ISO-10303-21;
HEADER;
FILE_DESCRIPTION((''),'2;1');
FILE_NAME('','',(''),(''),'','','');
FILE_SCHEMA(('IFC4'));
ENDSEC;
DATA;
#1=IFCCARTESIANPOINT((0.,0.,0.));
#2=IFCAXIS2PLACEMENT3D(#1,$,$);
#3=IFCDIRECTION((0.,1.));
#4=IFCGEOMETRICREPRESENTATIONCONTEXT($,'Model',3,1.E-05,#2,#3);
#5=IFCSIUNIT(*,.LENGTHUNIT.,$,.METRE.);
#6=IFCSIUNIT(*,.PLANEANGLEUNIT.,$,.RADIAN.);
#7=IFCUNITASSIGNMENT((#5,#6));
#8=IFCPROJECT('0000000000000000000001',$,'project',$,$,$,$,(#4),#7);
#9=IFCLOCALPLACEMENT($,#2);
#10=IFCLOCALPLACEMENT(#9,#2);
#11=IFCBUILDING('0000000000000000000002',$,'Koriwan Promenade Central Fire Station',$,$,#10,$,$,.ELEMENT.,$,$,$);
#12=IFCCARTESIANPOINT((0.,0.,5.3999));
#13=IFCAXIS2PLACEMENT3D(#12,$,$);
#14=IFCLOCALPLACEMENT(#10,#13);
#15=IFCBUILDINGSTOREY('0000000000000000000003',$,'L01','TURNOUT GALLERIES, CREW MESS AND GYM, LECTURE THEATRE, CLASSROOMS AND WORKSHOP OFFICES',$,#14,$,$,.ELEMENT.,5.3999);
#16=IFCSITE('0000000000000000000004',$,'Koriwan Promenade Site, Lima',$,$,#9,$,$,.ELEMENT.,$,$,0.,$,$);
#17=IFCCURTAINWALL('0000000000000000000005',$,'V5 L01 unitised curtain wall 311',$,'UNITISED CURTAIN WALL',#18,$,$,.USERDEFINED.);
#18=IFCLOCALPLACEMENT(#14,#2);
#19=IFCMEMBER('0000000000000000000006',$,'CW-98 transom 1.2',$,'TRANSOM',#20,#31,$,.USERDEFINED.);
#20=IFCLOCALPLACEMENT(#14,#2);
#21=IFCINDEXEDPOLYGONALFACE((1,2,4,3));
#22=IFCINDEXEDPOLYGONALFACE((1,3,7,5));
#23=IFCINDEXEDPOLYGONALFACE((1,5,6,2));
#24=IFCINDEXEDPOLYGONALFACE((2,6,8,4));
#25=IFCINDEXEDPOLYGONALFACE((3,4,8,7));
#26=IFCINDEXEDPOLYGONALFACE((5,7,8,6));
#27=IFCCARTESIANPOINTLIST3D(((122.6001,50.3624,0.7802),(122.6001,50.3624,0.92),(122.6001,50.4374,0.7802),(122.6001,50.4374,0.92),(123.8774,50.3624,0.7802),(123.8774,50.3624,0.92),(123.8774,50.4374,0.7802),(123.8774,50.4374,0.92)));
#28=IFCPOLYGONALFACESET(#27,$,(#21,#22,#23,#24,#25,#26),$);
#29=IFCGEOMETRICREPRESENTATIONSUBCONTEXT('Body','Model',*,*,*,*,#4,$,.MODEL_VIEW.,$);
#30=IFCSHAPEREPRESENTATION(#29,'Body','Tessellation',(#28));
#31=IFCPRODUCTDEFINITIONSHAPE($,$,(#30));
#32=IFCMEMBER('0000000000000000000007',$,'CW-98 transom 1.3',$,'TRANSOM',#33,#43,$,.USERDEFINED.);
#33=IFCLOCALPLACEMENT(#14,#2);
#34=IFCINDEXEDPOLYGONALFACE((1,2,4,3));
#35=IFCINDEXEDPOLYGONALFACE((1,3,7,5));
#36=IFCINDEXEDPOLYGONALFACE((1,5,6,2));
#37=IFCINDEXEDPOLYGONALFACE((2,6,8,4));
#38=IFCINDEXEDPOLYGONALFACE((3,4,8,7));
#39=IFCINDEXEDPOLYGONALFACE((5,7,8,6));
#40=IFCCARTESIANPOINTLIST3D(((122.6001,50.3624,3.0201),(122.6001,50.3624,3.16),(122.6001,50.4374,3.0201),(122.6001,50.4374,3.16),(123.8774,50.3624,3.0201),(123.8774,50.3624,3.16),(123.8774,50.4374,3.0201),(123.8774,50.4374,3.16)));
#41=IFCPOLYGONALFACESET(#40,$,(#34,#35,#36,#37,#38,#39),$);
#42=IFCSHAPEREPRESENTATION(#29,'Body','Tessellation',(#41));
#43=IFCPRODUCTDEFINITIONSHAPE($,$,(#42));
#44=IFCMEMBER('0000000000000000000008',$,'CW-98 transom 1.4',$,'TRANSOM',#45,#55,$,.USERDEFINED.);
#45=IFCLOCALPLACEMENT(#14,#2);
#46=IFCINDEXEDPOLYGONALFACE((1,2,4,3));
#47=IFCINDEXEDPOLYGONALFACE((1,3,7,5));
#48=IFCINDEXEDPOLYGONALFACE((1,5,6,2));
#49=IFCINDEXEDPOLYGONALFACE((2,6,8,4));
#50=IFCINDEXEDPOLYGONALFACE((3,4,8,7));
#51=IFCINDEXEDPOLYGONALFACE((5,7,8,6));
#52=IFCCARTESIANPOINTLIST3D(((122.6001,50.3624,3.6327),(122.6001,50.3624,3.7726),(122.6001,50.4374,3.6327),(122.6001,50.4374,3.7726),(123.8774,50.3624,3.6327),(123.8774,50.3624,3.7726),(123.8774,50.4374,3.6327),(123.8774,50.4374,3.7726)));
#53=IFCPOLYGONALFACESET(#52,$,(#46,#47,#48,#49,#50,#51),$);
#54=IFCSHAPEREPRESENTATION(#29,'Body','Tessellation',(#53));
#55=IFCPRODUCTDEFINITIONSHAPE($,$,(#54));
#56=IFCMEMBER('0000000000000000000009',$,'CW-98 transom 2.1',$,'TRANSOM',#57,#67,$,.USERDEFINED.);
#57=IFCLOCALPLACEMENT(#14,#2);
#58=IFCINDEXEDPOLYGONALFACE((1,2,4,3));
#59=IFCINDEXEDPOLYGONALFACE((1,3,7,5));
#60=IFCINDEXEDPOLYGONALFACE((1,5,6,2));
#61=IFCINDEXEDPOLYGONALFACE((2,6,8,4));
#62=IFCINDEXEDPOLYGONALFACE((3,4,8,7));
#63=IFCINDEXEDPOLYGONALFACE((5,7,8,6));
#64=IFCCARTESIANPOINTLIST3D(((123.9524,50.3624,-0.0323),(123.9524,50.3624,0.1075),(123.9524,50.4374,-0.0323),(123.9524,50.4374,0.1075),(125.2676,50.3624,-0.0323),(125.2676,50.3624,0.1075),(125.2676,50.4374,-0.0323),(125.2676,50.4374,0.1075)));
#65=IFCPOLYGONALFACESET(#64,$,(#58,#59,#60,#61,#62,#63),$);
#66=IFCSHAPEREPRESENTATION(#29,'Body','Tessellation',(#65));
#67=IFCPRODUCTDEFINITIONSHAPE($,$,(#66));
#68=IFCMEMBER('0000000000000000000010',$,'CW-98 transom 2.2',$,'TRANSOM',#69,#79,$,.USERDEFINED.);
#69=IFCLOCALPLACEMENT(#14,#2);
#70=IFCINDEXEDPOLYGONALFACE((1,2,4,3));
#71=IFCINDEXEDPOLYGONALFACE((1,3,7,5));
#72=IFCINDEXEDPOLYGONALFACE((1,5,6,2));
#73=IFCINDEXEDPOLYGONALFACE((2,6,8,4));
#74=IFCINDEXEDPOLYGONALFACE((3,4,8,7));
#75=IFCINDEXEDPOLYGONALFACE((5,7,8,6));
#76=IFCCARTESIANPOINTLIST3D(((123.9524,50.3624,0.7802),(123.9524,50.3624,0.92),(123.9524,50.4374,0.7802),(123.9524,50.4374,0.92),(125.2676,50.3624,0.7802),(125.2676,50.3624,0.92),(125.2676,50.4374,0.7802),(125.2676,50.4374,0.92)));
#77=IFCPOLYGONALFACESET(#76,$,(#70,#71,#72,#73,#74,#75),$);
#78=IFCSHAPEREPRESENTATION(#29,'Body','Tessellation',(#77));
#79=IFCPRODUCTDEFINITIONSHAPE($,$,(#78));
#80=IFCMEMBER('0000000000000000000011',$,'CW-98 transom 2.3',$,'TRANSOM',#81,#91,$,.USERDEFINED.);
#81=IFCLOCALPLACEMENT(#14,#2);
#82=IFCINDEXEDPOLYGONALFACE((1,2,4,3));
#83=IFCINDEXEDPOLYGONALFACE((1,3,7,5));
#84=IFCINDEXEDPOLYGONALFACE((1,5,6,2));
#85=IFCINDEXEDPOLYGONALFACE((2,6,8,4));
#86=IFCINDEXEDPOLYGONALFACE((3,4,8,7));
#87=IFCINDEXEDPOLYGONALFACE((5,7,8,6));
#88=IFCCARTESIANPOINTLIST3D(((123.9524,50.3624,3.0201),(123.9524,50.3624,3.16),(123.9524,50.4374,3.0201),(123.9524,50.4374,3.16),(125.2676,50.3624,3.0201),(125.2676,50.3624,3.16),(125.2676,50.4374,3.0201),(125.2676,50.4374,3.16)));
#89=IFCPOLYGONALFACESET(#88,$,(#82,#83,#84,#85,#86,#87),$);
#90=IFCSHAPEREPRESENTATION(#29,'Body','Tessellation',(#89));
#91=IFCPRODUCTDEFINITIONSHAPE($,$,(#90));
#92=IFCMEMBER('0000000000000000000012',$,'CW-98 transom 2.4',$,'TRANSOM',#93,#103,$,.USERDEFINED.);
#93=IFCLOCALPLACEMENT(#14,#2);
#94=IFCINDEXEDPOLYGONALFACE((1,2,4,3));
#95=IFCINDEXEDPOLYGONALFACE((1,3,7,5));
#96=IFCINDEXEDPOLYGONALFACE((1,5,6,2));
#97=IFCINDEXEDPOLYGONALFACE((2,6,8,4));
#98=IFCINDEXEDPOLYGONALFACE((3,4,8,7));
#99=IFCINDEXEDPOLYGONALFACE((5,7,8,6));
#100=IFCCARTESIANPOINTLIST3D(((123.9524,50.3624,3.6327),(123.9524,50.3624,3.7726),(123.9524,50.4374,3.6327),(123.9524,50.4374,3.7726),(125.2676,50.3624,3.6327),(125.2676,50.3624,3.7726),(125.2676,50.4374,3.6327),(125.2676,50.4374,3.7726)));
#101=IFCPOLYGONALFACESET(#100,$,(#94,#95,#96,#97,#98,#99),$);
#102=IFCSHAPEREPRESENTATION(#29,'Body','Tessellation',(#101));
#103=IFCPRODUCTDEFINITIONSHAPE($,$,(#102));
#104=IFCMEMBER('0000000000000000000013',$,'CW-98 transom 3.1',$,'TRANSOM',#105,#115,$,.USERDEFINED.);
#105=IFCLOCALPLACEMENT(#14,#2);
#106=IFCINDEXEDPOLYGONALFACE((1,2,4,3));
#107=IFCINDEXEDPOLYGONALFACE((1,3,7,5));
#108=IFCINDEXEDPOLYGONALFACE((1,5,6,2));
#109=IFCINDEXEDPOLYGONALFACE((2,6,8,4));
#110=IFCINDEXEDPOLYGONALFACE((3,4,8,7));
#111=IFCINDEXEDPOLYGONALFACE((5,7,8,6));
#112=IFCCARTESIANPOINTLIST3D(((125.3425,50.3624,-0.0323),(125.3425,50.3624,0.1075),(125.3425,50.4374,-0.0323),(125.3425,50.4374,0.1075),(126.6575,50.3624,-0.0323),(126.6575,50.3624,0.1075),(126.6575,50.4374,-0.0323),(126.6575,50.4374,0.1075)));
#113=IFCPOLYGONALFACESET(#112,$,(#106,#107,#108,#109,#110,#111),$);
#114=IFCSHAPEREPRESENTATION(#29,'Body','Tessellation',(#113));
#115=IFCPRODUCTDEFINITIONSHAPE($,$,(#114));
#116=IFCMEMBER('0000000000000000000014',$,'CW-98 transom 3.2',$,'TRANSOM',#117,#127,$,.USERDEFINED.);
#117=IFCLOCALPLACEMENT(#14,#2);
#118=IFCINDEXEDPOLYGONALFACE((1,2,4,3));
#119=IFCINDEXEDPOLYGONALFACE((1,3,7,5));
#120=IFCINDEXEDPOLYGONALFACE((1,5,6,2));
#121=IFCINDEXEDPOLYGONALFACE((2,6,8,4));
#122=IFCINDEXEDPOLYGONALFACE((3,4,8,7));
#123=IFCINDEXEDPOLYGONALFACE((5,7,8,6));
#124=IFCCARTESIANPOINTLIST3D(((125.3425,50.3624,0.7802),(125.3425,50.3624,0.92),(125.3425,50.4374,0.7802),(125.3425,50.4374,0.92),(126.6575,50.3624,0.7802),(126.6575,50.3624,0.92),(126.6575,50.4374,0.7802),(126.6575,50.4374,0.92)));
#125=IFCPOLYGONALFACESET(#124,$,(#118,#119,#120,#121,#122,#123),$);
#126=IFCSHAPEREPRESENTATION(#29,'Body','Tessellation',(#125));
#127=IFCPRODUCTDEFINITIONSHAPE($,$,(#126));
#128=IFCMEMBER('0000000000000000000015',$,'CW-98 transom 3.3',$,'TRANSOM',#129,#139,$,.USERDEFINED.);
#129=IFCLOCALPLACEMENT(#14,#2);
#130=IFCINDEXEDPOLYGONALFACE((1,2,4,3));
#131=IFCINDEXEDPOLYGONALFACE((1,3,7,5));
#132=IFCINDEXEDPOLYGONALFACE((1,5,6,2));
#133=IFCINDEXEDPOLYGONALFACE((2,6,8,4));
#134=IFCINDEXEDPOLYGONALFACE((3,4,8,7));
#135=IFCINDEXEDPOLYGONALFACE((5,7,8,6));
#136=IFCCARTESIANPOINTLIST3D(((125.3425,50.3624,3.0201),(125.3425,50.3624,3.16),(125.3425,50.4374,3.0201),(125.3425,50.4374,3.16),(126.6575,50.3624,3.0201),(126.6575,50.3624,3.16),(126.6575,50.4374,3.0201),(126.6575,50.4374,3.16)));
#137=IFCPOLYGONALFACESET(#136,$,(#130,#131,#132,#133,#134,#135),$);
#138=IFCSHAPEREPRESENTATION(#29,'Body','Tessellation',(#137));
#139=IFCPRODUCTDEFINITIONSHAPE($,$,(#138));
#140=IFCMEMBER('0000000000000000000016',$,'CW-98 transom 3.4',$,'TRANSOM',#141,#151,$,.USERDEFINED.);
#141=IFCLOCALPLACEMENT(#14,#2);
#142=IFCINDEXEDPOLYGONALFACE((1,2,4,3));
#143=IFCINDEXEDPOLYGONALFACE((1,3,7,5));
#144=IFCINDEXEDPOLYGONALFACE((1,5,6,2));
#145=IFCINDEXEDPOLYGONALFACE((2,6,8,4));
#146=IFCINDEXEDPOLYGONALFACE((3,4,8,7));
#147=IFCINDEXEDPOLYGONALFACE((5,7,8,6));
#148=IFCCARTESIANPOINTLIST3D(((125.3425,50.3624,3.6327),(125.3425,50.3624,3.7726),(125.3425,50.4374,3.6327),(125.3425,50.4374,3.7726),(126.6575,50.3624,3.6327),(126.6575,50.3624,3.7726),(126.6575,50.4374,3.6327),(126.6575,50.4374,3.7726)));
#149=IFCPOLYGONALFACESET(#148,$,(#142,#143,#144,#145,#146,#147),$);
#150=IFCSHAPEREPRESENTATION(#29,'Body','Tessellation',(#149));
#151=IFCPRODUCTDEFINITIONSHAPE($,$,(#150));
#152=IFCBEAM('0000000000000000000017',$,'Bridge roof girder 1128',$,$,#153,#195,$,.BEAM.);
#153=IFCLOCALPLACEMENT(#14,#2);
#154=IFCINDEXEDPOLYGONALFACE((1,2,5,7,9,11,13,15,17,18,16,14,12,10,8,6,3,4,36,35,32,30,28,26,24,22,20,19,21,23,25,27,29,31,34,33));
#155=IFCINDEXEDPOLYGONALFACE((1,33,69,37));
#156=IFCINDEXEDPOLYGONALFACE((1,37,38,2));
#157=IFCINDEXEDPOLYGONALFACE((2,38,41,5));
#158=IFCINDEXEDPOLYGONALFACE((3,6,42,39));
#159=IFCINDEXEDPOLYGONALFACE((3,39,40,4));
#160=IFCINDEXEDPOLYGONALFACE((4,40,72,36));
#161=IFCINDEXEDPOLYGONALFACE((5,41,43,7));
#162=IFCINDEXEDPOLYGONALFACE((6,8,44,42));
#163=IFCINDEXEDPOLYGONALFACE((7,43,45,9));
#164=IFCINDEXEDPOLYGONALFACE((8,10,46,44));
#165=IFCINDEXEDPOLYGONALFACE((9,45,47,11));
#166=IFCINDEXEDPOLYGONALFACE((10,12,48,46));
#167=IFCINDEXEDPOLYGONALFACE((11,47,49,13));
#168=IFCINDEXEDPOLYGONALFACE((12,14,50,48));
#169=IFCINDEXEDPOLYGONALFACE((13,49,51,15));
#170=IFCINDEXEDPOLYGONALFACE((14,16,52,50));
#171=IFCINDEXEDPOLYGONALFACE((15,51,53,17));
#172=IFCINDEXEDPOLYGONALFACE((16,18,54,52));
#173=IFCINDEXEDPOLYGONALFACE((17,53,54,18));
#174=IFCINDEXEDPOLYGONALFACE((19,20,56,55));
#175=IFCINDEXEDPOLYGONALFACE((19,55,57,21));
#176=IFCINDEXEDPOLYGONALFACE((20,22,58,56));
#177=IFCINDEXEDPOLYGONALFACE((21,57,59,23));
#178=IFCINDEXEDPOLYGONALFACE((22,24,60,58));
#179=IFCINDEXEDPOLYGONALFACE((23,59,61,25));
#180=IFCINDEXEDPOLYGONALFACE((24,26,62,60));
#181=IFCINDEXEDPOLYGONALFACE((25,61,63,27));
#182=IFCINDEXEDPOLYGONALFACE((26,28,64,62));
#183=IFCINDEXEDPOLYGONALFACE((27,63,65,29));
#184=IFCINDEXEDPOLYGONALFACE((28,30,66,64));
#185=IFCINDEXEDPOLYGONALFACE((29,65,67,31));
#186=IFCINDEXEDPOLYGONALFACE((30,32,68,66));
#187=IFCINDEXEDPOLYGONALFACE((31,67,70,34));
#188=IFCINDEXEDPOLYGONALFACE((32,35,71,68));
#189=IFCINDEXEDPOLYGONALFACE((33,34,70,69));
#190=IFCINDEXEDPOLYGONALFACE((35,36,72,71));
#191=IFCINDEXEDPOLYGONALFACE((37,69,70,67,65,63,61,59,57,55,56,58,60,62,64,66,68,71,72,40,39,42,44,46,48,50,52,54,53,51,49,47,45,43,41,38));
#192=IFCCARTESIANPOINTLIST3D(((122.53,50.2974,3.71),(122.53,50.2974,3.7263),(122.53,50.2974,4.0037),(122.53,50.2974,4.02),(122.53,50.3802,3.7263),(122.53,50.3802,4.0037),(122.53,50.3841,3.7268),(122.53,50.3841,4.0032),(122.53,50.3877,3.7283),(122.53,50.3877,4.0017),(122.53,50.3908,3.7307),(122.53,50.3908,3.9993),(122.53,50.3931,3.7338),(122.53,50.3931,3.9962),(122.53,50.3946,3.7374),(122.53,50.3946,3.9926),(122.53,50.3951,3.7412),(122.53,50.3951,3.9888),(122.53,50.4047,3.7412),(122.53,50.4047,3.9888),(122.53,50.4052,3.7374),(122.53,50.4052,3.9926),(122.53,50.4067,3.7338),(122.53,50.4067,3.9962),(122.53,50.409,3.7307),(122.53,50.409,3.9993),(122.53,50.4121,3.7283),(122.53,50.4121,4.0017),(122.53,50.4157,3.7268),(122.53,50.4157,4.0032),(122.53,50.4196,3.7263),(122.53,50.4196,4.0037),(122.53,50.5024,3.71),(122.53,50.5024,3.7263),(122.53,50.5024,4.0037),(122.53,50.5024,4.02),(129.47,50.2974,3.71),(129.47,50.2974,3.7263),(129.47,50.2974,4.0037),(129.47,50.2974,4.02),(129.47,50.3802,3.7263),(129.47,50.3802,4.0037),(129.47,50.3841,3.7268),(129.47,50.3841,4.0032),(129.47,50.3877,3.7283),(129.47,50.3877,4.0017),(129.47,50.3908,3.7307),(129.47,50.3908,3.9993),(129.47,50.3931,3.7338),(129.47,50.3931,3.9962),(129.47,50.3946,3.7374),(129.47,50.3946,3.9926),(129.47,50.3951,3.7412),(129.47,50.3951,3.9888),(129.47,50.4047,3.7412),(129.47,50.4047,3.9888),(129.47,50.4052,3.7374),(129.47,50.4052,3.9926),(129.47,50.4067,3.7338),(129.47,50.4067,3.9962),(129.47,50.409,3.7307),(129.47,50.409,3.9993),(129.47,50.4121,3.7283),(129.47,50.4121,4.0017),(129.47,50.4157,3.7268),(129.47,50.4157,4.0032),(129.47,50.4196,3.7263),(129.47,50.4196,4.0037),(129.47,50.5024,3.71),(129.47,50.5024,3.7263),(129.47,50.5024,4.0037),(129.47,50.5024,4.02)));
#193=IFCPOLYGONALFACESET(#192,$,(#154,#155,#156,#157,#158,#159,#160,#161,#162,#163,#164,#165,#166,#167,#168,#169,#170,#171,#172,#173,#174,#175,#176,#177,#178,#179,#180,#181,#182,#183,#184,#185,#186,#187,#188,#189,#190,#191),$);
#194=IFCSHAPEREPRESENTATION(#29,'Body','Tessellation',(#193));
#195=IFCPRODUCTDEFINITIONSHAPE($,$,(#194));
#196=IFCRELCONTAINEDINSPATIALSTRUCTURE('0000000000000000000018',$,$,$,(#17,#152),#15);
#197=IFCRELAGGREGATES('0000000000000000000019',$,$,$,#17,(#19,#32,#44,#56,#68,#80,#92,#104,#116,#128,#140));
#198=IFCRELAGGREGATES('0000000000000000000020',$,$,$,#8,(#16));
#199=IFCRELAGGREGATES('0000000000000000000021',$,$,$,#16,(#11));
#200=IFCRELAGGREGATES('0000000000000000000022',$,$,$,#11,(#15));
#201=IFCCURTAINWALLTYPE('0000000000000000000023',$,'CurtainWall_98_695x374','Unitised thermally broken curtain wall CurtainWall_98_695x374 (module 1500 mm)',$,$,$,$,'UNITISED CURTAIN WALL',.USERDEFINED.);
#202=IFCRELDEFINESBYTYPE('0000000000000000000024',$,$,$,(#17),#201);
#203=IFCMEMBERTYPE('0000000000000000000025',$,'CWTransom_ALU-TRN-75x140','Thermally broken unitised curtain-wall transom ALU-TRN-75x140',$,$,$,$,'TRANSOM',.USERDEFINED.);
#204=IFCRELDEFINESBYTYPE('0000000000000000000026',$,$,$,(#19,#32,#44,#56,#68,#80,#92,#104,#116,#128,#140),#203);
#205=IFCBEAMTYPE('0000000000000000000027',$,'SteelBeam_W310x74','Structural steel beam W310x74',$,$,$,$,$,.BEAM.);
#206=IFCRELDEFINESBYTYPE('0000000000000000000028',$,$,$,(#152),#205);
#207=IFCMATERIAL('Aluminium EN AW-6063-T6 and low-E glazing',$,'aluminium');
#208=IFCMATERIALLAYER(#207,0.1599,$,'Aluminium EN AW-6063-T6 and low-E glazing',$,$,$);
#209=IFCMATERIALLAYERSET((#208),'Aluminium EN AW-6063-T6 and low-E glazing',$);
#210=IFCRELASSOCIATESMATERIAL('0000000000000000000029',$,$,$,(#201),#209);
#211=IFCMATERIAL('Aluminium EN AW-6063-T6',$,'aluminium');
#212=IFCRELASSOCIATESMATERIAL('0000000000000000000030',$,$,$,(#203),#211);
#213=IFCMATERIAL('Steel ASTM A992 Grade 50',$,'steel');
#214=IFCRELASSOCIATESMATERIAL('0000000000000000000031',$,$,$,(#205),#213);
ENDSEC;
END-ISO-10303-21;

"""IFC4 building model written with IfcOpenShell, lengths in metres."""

from ifc_helpers import new_model, si_unit, direction, frame, origin, origin_2d, place, context, subcontext, project, spatial, rectangle, i_section, extrude, material, layer, layer_set, material_profile, profile_set, type_object, element, aggregate, save


model = new_model("IFC4")

# Units and contexts
model_context = context("Model", 3, precision=1e-05, world=origin(), true_north=direction((0.0, 1.0)))
body_context = subcontext(model_context, "Body", "Model", "MODEL_VIEW")
ifc_project = project(units=[si_unit("LENGTHUNIT", "METRE"), si_unit("PLANEANGLEUNIT", "RADIAN")], contexts=[model_context])

# Site, building, storey
site_placement = place(None, origin())
site = spatial("IfcSite", under=ifc_project, at=site_placement, Name="Koriwan Promenade Site, Lima", CompositionType="ELEMENT", RefElevation=0.0)
building_placement = place(site_placement, origin())
building = spatial("IfcBuilding", under=site, at=building_placement, Name="Koriwan Promenade Central Fire Station", CompositionType="ELEMENT")
storey_placement = place(building_placement, frame((0.0, 0.0, 5.3999)))
storey = spatial("IfcBuildingStorey", under=building, at=storey_placement, Name="L01", Description="TURNOUT GALLERIES, CREW MESS AND GYM, LECTURE THEATRE, CLASSROOMS AND WORKSHOP OFFICES", CompositionType="ELEMENT", Elevation=5.3999)

# Shared definitions
ifc_material_1 = material(Name="Aluminium EN AW-6063-T6 and low-E glazing", Category="aluminium")
ifc_material_2 = material(Name="Aluminium EN AW-6063-T6", Category="aluminium")

# Curtain wall
ifc_layer_1 = layer(ifc_material_1, 0.1599, Name="Aluminium EN AW-6063-T6 and low-E glazing")
ifc_layer_set_1 = layer_set([ifc_layer_1], Name="Aluminium EN AW-6063-T6 and low-E glazing")
curtain_wall_type_1 = type_object("IfcCurtainWallType", Name="CurtainWall_98_695x374", Description="Unitised thermally broken curtain wall CurtainWall_98_695x374 (module 1500 mm)", ElementType="UNITISED CURTAIN WALL", PredefinedType="USERDEFINED", material=ifc_layer_set_1)
curtain_wall_1_placement = place(storey_placement, origin())
curtain_wall_1 = element("IfcCurtainWall", 1, at=curtain_wall_1_placement, inside=storey, type_object=curtain_wall_type_1, Name="V5 L01 unitised curtain wall 311", ObjectType="UNITISED CURTAIN WALL", PredefinedType="USERDEFINED")

# Members
ifc_material_profile_1 = material_profile(ifc_material_2, rectangle(XDim=0.075, YDim=0.1399, at=origin_2d()), Name="ALU-TRN-75x140")
ifc_profile_set_1 = profile_set([ifc_material_profile_1], Name="Aluminium EN AW-6063-T6")
member_type_1 = type_object("IfcMemberType", Name="CWTransom_ALU-TRN-75x140", Description="Thermally broken unitised curtain-wall transom ALU-TRN-75x140", ElementType="TRANSOM", PredefinedType="USERDEFINED", material=ifc_profile_set_1)
member_1_placement = place(storey_placement, frame((122.6001, 50.3999, 0.8501), z_axis=(1.0, 0.0, 0.0), x_axis=(0.0, 1.0, 0.0)))
member_1 = element("IfcMember", 2, at=member_1_placement, type_object=member_type_1, Name="CW-98 transom 1.2", ObjectType="TRANSOM", PredefinedType="USERDEFINED", context=body_context, shape_type="SweptSolid", body=[
    extrude(rectangle(XDim=0.075, YDim=0.1399, at=origin_2d()), origin(), (0.0, 0.0, 1.0), 1.2773),
])
member_2_placement = place(storey_placement, frame((122.6001, 50.3999, 3.0901), z_axis=(1.0, 0.0, 0.0), x_axis=(0.0, 1.0, 0.0)))
member_2 = element("IfcMember", 3, at=member_2_placement, type_object=member_type_1, Name="CW-98 transom 1.3", ObjectType="TRANSOM", PredefinedType="USERDEFINED", context=body_context, shape_type="SweptSolid", body=[
    extrude(rectangle(XDim=0.075, YDim=0.1399, at=origin_2d()), origin(), (0.0, 0.0, 1.0), 1.2773),
])
member_3_placement = place(storey_placement, frame((122.6001, 50.3999, 3.7026), z_axis=(1.0, 0.0, 0.0), x_axis=(0.0, 1.0, 0.0)))
member_3 = element("IfcMember", 4, at=member_3_placement, type_object=member_type_1, Name="CW-98 transom 1.4", ObjectType="TRANSOM", PredefinedType="USERDEFINED", context=body_context, shape_type="SweptSolid", body=[
    extrude(rectangle(XDim=0.075, YDim=0.1399, at=origin_2d()), origin(), (0.0, 0.0, 1.0), 1.2773),
])
member_4_placement = place(storey_placement, frame((123.9524, 50.3999, 0.0376), z_axis=(1.0, 0.0, 0.0), x_axis=(0.0, 1.0, 0.0)))
member_4 = element("IfcMember", 5, at=member_4_placement, type_object=member_type_1, Name="CW-98 transom 2.1", ObjectType="TRANSOM", PredefinedType="USERDEFINED", context=body_context, shape_type="SweptSolid", body=[
    extrude(rectangle(XDim=0.075, YDim=0.1399, at=origin_2d()), origin(), (0.0, 0.0, 1.0), 1.3152),
])
member_5_placement = place(storey_placement, frame((123.9524, 50.3999, 0.8501), z_axis=(1.0, 0.0, 0.0), x_axis=(0.0, 1.0, 0.0)))
member_5 = element("IfcMember", 6, at=member_5_placement, type_object=member_type_1, Name="CW-98 transom 2.2", ObjectType="TRANSOM", PredefinedType="USERDEFINED", context=body_context, shape_type="SweptSolid", body=[
    extrude(rectangle(XDim=0.075, YDim=0.1399, at=origin_2d()), origin(), (0.0, 0.0, 1.0), 1.3152),
])
member_6_placement = place(storey_placement, frame((123.9524, 50.3999, 3.0901), z_axis=(1.0, 0.0, 0.0), x_axis=(0.0, 1.0, 0.0)))
member_6 = element("IfcMember", 7, at=member_6_placement, type_object=member_type_1, Name="CW-98 transom 2.3", ObjectType="TRANSOM", PredefinedType="USERDEFINED", context=body_context, shape_type="SweptSolid", body=[
    extrude(rectangle(XDim=0.075, YDim=0.1399, at=origin_2d()), origin(), (0.0, 0.0, 1.0), 1.3152),
])
member_7_placement = place(storey_placement, frame((123.9524, 50.3999, 3.7026), z_axis=(1.0, 0.0, 0.0), x_axis=(0.0, 1.0, 0.0)))
member_7 = element("IfcMember", 8, at=member_7_placement, type_object=member_type_1, Name="CW-98 transom 2.4", ObjectType="TRANSOM", PredefinedType="USERDEFINED", context=body_context, shape_type="SweptSolid", body=[
    extrude(rectangle(XDim=0.075, YDim=0.1399, at=origin_2d()), origin(), (0.0, 0.0, 1.0), 1.3152),
])
member_8_placement = place(storey_placement, frame((125.3425, 50.3999, 0.0376), z_axis=(1.0, 0.0, 0.0), x_axis=(0.0, 1.0, 0.0)))
member_8 = element("IfcMember", 9, at=member_8_placement, type_object=member_type_1, Name="CW-98 transom 3.1", ObjectType="TRANSOM", PredefinedType="USERDEFINED", context=body_context, shape_type="SweptSolid", body=[
    extrude(rectangle(XDim=0.075, YDim=0.1399, at=origin_2d()), origin(), (0.0, 0.0, 1.0), 1.3149),
])
member_9_placement = place(storey_placement, frame((125.3425, 50.3999, 0.8501), z_axis=(1.0, 0.0, 0.0), x_axis=(0.0, 1.0, 0.0)))
member_9 = element("IfcMember", 10, at=member_9_placement, type_object=member_type_1, Name="CW-98 transom 3.2", ObjectType="TRANSOM", PredefinedType="USERDEFINED", context=body_context, shape_type="SweptSolid", body=[
    extrude(rectangle(XDim=0.075, YDim=0.1399, at=origin_2d()), origin(), (0.0, 0.0, 1.0), 1.3149),
])
member_10_placement = place(storey_placement, frame((125.3425, 50.3999, 3.0901), z_axis=(1.0, 0.0, 0.0), x_axis=(0.0, 1.0, 0.0)))
member_10 = element("IfcMember", 11, at=member_10_placement, type_object=member_type_1, Name="CW-98 transom 3.3", ObjectType="TRANSOM", PredefinedType="USERDEFINED", context=body_context, shape_type="SweptSolid", body=[
    extrude(rectangle(XDim=0.075, YDim=0.1399, at=origin_2d()), origin(), (0.0, 0.0, 1.0), 1.3149),
])
member_11_placement = place(storey_placement, frame((125.3425, 50.3999, 3.7026), z_axis=(1.0, 0.0, 0.0), x_axis=(0.0, 1.0, 0.0)))
member_11 = element("IfcMember", 12, at=member_11_placement, type_object=member_type_1, Name="CW-98 transom 3.4", ObjectType="TRANSOM", PredefinedType="USERDEFINED", context=body_context, shape_type="SweptSolid", body=[
    extrude(rectangle(XDim=0.075, YDim=0.1399, at=origin_2d()), origin(), (0.0, 0.0, 1.0), 1.3149),
])

# Beam
ifc_material_3 = material(Name="Steel ASTM A992 Grade 50", Category="steel")
ifc_material_profile_2 = material_profile(ifc_material_3, i_section(OverallWidth=0.2051, OverallDepth=0.3101, WebThickness=0.0095, FlangeThickness=0.0164, FilletRadius=0.0149, at=origin_2d()), Name="W310x74")
ifc_profile_set_2 = profile_set([ifc_material_profile_2], Name="Steel ASTM A992 Grade 50")
beam_type = type_object("IfcBeamType", Name="SteelBeam_W310x74", Description="Structural steel beam W310x74", PredefinedType="BEAM", material=ifc_profile_set_2)
beam_placement = place(storey_placement, frame((122.53, 50.3999, 3.865), z_axis=(1.0, 0.0, 0.0), x_axis=(0.0, 1.0, 0.0)))
element("IfcBeam", 13, at=beam_placement, inside=storey, type_object=beam_type, Name="Bridge roof girder 1128", PredefinedType="BEAM", context=body_context, shape_type="SweptSolid", body=[
    extrude(i_section(OverallWidth=0.2051, OverallDepth=0.3101, WebThickness=0.0095, FlangeThickness=0.0164, FilletRadius=0.0149, at=origin_2d()), origin(), (0.0, 0.0, 1.0), 6.9399),
])

aggregate(curtain_wall_1, [member_1, member_2, member_3, member_4, member_5, member_6, member_7, member_8, member_9, member_10, member_11])

save(model, "model.ifc")
